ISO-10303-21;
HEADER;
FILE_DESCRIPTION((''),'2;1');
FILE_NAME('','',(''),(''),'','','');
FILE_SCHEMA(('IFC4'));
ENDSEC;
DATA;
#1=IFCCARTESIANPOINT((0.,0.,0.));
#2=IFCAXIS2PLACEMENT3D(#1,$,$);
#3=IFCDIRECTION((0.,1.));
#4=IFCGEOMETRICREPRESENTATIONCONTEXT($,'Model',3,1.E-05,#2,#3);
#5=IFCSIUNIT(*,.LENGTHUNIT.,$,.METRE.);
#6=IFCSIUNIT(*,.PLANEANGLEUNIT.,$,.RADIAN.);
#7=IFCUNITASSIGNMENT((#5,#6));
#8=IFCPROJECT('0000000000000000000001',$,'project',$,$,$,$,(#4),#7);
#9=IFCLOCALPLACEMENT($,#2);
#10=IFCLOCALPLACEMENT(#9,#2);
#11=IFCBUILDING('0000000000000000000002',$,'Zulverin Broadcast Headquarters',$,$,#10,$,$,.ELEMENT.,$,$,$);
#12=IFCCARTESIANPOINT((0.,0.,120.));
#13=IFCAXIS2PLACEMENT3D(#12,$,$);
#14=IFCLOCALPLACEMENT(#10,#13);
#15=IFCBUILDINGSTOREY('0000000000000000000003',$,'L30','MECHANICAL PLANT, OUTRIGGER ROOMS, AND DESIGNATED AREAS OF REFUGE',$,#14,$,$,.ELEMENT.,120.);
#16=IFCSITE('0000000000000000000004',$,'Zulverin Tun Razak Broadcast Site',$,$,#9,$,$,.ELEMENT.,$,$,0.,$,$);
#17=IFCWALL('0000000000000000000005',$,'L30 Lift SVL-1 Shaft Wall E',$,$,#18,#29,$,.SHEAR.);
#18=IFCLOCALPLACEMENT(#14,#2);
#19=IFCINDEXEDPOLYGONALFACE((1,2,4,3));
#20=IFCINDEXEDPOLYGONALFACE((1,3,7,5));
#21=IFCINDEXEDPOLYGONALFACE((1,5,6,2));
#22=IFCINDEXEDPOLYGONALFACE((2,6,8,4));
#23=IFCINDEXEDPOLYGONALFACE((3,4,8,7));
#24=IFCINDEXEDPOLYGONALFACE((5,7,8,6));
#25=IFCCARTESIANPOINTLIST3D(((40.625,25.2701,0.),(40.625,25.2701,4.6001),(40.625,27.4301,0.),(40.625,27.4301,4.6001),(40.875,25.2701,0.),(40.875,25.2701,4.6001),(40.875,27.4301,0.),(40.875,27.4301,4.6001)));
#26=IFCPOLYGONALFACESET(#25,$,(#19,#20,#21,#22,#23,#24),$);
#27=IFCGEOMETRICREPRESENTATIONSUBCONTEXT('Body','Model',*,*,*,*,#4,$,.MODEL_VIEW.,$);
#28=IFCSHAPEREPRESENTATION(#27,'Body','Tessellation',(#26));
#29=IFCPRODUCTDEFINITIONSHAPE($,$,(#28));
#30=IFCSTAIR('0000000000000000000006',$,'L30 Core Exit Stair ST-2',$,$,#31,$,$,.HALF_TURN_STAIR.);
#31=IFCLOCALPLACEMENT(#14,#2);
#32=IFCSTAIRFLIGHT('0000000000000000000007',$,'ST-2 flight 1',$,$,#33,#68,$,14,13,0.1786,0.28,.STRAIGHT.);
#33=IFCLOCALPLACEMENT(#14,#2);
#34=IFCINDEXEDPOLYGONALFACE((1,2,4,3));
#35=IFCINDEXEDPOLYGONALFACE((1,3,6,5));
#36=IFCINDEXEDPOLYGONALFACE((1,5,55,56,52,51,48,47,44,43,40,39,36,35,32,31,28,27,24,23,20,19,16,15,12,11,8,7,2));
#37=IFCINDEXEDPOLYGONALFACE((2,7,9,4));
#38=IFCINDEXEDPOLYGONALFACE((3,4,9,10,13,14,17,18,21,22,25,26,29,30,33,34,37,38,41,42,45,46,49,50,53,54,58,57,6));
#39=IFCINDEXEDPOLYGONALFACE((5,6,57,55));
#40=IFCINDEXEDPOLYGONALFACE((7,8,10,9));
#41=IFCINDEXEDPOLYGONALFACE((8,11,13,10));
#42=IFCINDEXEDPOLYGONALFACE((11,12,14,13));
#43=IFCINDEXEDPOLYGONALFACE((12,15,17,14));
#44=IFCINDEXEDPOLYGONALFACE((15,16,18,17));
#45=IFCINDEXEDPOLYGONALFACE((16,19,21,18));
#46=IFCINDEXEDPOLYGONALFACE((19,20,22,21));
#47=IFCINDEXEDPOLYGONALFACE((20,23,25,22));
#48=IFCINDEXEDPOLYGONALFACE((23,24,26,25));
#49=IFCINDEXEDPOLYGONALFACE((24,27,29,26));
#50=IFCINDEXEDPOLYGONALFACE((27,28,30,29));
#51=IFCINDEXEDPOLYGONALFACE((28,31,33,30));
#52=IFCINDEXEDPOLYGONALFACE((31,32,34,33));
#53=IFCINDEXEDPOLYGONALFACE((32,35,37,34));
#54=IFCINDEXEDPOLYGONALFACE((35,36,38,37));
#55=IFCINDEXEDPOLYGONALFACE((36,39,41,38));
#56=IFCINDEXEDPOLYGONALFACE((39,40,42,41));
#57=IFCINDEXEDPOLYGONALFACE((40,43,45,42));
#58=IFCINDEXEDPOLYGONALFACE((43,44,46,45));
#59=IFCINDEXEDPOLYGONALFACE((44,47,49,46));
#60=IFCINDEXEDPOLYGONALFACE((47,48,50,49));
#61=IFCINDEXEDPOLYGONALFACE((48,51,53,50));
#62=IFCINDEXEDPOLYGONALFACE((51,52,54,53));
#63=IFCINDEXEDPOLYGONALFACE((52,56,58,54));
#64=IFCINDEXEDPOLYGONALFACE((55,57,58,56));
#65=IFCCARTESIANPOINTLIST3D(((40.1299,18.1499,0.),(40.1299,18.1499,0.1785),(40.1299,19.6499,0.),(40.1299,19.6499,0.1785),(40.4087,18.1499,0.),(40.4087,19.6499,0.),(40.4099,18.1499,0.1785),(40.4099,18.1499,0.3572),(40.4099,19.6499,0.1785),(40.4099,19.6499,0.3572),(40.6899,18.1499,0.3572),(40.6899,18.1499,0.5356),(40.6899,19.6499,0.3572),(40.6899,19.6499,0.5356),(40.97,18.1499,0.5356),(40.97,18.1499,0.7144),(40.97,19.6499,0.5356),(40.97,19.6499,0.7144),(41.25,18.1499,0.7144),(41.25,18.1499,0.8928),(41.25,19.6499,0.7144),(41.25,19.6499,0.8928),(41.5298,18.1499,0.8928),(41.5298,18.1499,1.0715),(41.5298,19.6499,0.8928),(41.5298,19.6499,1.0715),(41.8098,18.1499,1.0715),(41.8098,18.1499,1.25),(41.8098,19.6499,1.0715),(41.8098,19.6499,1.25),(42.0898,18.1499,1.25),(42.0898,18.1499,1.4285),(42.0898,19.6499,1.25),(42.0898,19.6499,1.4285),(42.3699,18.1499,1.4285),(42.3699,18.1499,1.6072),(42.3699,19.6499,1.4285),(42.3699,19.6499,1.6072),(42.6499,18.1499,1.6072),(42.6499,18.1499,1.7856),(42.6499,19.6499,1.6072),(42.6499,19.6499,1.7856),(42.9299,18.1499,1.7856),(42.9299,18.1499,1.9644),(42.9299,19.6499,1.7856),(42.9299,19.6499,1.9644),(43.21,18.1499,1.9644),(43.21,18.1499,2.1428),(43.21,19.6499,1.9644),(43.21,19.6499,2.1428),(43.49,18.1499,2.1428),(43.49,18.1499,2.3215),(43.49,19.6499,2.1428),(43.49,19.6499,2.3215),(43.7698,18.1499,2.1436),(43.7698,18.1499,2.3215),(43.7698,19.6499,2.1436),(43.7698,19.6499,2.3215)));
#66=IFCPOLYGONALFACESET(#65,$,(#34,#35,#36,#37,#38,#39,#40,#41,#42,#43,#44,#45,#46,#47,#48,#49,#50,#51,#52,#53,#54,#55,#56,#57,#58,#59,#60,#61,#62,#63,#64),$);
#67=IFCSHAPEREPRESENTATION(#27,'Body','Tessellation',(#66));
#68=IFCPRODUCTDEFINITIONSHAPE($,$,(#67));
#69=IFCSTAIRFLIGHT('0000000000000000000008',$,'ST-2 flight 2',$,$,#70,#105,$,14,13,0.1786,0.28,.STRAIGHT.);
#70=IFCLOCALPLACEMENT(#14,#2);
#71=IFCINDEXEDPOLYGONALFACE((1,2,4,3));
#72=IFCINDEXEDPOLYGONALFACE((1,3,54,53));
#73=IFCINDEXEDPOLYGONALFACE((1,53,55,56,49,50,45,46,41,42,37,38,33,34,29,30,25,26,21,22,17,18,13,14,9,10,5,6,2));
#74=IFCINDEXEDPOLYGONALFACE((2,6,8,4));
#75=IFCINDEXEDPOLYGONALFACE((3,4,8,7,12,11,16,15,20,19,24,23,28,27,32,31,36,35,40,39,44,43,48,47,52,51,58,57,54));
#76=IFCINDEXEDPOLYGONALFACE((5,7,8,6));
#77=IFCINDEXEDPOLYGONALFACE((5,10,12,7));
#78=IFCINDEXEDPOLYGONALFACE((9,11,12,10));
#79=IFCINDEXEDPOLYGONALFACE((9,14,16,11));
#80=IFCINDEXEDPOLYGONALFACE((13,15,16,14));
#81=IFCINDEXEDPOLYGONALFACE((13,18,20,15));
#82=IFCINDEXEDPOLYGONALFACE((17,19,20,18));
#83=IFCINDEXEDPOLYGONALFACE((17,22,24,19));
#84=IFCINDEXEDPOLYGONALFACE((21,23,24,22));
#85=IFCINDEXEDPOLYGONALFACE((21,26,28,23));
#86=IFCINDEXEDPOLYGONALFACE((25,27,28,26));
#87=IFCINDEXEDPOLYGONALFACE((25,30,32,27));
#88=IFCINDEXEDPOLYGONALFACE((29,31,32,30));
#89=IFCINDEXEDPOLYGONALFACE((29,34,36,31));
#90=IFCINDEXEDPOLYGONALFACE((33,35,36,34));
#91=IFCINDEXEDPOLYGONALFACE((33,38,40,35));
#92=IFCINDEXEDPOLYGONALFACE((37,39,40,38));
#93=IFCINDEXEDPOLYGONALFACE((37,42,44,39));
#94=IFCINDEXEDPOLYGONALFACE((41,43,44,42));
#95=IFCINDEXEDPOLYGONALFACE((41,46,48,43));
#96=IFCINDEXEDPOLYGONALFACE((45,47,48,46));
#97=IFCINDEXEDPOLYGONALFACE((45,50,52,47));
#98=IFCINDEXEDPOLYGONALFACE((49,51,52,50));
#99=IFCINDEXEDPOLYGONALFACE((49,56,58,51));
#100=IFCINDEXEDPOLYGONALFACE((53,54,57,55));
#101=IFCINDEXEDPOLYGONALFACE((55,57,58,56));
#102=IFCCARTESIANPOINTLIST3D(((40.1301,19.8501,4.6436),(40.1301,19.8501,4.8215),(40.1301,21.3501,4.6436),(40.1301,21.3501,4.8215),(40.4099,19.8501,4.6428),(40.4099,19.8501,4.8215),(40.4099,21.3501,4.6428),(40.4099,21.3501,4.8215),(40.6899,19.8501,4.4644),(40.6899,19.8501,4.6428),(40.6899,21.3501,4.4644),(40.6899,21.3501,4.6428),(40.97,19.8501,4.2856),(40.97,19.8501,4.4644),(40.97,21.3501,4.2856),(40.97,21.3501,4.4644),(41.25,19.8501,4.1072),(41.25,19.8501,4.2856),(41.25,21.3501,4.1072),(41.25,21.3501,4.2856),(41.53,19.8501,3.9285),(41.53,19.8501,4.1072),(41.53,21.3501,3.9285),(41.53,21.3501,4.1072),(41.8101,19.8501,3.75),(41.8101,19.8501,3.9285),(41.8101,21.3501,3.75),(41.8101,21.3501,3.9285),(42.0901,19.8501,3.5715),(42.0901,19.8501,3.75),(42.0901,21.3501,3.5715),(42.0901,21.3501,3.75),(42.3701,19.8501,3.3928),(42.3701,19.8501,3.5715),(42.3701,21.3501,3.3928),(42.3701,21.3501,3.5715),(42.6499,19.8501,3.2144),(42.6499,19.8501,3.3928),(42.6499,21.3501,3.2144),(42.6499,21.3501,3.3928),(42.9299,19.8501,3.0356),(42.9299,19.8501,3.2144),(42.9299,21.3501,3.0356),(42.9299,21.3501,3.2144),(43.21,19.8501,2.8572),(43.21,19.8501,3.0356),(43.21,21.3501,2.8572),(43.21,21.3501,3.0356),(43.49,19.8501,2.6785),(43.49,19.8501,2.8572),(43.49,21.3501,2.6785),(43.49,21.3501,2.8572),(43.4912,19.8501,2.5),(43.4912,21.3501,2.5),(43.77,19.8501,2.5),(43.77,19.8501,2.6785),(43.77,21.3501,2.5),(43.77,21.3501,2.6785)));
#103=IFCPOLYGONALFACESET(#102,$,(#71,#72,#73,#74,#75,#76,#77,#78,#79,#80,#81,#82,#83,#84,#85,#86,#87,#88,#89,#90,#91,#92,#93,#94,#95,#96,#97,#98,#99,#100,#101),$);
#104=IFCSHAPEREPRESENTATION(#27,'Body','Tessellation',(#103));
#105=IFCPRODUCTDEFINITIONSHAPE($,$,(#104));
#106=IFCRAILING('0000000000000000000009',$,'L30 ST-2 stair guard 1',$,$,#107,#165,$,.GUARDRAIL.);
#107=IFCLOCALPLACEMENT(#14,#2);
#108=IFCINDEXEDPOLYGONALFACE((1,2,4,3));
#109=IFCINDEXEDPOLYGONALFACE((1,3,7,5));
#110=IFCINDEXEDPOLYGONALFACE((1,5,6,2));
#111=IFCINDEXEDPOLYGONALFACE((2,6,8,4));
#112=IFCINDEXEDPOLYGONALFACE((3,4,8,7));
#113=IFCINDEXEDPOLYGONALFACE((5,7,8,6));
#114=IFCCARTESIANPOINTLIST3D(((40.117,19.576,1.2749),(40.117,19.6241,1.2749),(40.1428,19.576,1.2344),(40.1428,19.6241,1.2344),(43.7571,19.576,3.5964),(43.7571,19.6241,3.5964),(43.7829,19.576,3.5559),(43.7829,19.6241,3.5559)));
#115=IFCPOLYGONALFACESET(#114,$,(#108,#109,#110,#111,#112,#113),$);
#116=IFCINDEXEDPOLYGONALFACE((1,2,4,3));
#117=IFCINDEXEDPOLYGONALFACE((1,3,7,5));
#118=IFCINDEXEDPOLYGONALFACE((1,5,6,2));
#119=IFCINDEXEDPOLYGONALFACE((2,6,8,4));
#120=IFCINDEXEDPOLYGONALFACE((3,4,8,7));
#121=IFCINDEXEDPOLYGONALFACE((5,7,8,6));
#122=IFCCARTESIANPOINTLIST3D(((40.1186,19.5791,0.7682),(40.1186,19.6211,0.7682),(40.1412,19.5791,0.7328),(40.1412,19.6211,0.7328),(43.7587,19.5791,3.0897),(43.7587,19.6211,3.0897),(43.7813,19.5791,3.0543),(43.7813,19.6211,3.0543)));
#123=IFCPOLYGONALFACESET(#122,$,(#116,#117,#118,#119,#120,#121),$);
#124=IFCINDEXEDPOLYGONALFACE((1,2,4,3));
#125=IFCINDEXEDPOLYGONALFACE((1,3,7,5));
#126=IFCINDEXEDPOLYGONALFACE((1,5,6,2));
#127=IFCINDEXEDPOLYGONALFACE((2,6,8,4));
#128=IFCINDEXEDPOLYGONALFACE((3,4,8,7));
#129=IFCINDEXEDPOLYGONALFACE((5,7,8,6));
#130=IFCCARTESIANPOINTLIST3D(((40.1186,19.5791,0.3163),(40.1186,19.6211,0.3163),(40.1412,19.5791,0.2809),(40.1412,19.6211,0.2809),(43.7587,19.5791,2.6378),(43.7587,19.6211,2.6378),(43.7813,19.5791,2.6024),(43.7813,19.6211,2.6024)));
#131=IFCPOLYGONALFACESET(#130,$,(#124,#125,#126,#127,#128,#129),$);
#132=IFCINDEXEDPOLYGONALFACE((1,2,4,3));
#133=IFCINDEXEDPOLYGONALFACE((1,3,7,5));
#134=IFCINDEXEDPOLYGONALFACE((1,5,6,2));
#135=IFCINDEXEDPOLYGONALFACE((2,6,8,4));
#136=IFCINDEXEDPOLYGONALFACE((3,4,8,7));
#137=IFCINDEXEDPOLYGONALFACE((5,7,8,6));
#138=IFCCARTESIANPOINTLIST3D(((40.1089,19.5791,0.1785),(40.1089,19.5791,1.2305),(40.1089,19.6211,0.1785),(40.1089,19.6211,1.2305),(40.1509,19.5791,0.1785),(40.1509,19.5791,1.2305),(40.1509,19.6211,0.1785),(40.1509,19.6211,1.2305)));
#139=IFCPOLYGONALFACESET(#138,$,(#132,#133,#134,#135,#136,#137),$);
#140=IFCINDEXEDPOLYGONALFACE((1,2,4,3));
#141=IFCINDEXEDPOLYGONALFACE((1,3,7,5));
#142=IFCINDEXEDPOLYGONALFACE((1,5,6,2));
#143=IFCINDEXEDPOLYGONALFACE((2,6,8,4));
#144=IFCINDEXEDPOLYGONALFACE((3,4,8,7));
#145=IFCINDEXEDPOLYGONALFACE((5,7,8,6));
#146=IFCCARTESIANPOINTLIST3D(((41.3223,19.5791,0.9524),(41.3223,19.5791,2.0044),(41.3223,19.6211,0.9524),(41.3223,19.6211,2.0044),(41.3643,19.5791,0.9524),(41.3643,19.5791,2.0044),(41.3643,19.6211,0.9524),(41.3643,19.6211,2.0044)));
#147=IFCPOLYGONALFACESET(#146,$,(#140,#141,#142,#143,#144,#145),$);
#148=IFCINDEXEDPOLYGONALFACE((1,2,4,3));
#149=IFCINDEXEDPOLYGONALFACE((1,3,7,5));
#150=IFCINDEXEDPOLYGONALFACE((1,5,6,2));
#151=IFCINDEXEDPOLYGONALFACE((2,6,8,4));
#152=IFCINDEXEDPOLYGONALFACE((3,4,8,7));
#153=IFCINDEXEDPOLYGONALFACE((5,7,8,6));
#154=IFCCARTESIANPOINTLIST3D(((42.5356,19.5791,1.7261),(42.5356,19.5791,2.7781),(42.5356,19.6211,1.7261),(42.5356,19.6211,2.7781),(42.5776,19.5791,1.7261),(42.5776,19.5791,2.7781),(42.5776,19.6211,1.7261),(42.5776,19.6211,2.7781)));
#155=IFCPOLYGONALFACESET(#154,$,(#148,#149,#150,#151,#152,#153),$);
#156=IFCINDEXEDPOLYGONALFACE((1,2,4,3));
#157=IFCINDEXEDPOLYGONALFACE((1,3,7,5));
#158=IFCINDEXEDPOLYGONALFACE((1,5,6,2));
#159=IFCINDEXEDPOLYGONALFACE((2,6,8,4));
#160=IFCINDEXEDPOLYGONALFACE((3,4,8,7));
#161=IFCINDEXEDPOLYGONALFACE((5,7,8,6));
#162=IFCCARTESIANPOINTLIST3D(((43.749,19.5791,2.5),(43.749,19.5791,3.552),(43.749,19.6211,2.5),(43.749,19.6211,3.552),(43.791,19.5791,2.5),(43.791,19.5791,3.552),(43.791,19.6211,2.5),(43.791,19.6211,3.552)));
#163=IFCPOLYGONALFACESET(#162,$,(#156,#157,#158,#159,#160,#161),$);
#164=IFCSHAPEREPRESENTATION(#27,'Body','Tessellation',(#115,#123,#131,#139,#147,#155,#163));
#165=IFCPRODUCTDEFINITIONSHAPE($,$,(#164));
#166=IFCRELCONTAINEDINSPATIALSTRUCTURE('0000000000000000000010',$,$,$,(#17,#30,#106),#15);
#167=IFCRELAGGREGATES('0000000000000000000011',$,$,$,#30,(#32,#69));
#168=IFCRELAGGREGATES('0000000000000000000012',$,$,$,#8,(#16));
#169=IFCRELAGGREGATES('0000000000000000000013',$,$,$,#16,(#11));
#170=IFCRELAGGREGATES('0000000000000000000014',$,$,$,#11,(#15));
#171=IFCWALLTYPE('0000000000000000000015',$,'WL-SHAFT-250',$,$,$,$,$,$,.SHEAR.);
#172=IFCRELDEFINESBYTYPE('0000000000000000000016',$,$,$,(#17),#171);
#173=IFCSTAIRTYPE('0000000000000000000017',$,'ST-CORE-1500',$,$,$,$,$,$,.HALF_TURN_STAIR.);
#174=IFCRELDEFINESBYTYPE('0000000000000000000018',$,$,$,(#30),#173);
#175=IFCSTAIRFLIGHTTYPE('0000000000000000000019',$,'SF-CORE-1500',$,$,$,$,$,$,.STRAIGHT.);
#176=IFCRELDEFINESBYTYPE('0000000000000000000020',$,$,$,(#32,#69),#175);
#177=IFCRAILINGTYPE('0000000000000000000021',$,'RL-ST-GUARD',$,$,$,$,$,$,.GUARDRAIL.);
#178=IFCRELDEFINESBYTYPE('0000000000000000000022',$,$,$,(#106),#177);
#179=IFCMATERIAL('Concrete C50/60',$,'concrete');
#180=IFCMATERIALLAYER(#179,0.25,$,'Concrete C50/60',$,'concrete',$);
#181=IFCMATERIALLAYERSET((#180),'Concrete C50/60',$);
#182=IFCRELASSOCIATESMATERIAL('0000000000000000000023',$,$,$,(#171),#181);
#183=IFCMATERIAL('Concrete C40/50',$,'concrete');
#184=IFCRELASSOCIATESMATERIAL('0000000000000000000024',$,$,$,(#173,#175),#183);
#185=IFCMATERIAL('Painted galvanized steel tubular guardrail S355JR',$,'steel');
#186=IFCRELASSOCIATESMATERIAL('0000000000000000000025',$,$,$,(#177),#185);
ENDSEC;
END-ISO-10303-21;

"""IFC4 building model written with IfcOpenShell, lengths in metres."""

from ifc_helpers import new_model, si_unit, direction, frame, frame_2d, origin, origin_2d, place, context, subcontext, project, spatial, polyline, rectangle, outline, extrude, material, layer, layer_set, type_object, element, aggregate, save


model = new_model("IFC4")

# Units and contexts
model_context = context("Model", 3, precision=1e-05, world=origin(), true_north=direction((0.0, 1.0)))
body_context = subcontext(model_context, "Body", "Model", "MODEL_VIEW")
ifc_project = project(units=[si_unit("LENGTHUNIT", "METRE"), si_unit("PLANEANGLEUNIT", "RADIAN")], contexts=[model_context])

# Site, building, storey
site_placement = place(None, origin())
site = spatial("IfcSite", under=ifc_project, at=site_placement, Name="Zulverin Tun Razak Broadcast Site", CompositionType="ELEMENT", RefElevation=0.0)
building_placement = place(site_placement, origin())
building = spatial("IfcBuilding", under=site, at=building_placement, Name="Zulverin Broadcast Headquarters", CompositionType="ELEMENT")
storey_placement = place(building_placement, frame((0.0, 0.0, 120.0)))
storey = spatial("IfcBuildingStorey", under=building, at=storey_placement, Name="L30", Description="MECHANICAL PLANT, OUTRIGGER ROOMS, AND DESIGNATED AREAS OF REFUGE", CompositionType="ELEMENT", Elevation=120.0)

# Shared definitions
ifc_material_1 = material(Name="Concrete C40/50", Category="concrete")

# Shared definitions
ifc_material_2 = material(Name="Concrete C50/60", Category="concrete")
ifc_layer_1 = layer(ifc_material_2, 0.25, Name="Concrete C50/60", Category="concrete")
ifc_layer_set_1 = layer_set([ifc_layer_1], Name="Concrete C50/60")
wall_type_1 = type_object("IfcWallType", Name="WL-SHAFT-250", PredefinedType="SHEAR", material=ifc_layer_set_1)

# Wall
wall_1_placement = place(storey_placement, frame((40.75, 25.27, 0.0), z_axis=(0.0, 0.0, 1.0), x_axis=(0.0, 1.0, 0.0)))
element("IfcWall", 1, at=wall_1_placement, inside=storey, type_object=wall_type_1, Name="L30 Lift SVL-1 Shaft Wall E", PredefinedType="SHEAR", context=body_context, shape_type="SweptSolid", body=[
    extrude(rectangle(XDim=2.1599, YDim=0.25, at=frame_2d((1.0801, 0.0))), origin(), (0.0, 0.0, 1.0), 4.6001),
])

# Stair, stair flights
stair_type = type_object("IfcStairType", Name="ST-CORE-1500", PredefinedType="HALF_TURN_STAIR", material=ifc_material_1)
stair_placement = place(storey_placement, origin())
stair = element("IfcStair", 2, at=stair_placement, inside=storey, type_object=stair_type, Name="L30 Core Exit Stair ST-2", PredefinedType="HALF_TURN_STAIR")
stair_flight_type = type_object("IfcStairFlightType", Name="SF-CORE-1500", PredefinedType="STRAIGHT", material=ifc_material_1)
stair_flight_1_placement = place(storey_placement, frame((40.1299, 18.8999, 0.0), z_axis=(0.0, 0.0, 1.0), x_axis=(1.0, 0.0, 0.0)))
stair_flight_1 = element("IfcStairFlight", 3, at=stair_flight_1_placement, type_object=stair_flight_type, Name="ST-2 flight 1", NumberOfRisers=14, NumberOfTreads=13, PredefinedType="STRAIGHT", RiserHeight=0.1786, TreadLength=0.28, context=body_context, shape_type="SweptSolid", body=[
    extrude(outline(polyline([(0.0, 0.0), (0.0, 0.1785), (0.28, 0.1785), (0.28, 0.3572), (0.5601, 0.3572), (0.5601, 0.5356), (0.8401, 0.5356), (0.8401, 0.7144), (1.1201, 0.7144), (1.1201, 0.8928), (1.3999, 0.8928), (1.3999, 1.0715), (1.6799, 1.0715), (1.6799, 1.25), (1.96, 1.25), (1.96, 1.4285), (2.24, 1.4285), (2.24, 1.6072), (2.52, 1.6072), (2.52, 1.7856), (2.8, 1.7856), (2.8, 1.9644), (3.0801, 1.9644), (3.0801, 2.1428), (3.3601, 2.1428), (3.3601, 2.3215), (3.6399, 2.3215), (3.6399, 2.5), (3.6399, 2.1436), (0.2788, 0.0), (0.0, 0.0)])), frame((0.0, 0.75, 0.0), z_axis=(0.0, -1.0, 0.0), x_axis=(1.0, 0.0, 0.0)), (0.0, 0.0, 1.0), 1.5),
])
stair_flight_2_placement = place(storey_placement, frame((43.77, 20.6001, 2.5), z_axis=(0.0, 0.0, 1.0), x_axis=(-1.0, 0.0, 0.0)))
stair_flight_2 = element("IfcStairFlight", 4, at=stair_flight_2_placement, type_object=stair_flight_type, Name="ST-2 flight 2", NumberOfRisers=14, NumberOfTreads=13, PredefinedType="STRAIGHT", RiserHeight=0.1786, TreadLength=0.28, context=body_context, shape_type="SweptSolid", body=[
    extrude(outline(polyline([(0.0, 0.0), (0.0, 0.1785), (0.28, 0.1785), (0.28, 0.3572), (0.5601, 0.3572), (0.5601, 0.5356), (0.8401, 0.5356), (0.8401, 0.7144), (1.1201, 0.7144), (1.1201, 0.8928), (1.3999, 0.8928), (1.3999, 1.0715), (1.6799, 1.0715), (1.6799, 1.25), (1.96, 1.25), (1.96, 1.4285), (2.24, 1.4285), (2.24, 1.6072), (2.52, 1.6072), (2.52, 1.7856), (2.8, 1.7856), (2.8, 1.9644), (3.0801, 1.9644), (3.0801, 2.1428), (3.3601, 2.1428), (3.3601, 2.3215), (3.6399, 2.3215), (3.6399, 2.5), (3.6399, 2.1436), (0.2788, 0.0), (0.0, 0.0)])), frame((0.0, 0.75, 0.0), z_axis=(0.0, -1.0, 0.0), x_axis=(1.0, 0.0, 0.0)), (0.0, 0.0, 1.0), 1.5),
])
aggregate(stair, [stair_flight_1, stair_flight_2])

# Railing
ifc_material_3 = material(Name="Painted galvanized steel tubular guardrail S355JR", Category="steel")
railing_type_1 = type_object("IfcRailingType", Name="RL-ST-GUARD", PredefinedType="GUARDRAIL", material=ifc_material_3)
railing_1_placement = place(storey_placement, frame((40.1299, 19.6001, 0.1785)))
element("IfcRailing", 5, at=railing_1_placement, inside=storey, type_object=railing_type_1, Name="L30 ST-2 stair guard 1", PredefinedType="GUARDRAIL", context=body_context, shape_type="SweptSolid", body=[
    extrude(rectangle(XDim=0.0481, YDim=0.0481, at=origin_2d()), frame((0.0, 0.0, 1.0762), z_axis=(0.843128, 0.0, 0.537713), x_axis=(0.0, 1.0, 0.0)), (0.0, 0.0, 1.0), 4.3174),
    extrude(rectangle(XDim=0.042, YDim=0.042, at=origin_2d()), frame((0.0, 0.0, 0.572), z_axis=(0.843128, 0.0, 0.537713), x_axis=(0.0, 1.0, 0.0)), (0.0, 0.0, 1.0), 4.3174),
    extrude(rectangle(XDim=0.042, YDim=0.042, at=origin_2d()), frame((0.0, 0.0, 0.1201), z_axis=(0.843128, 0.0, 0.537713), x_axis=(0.0, 1.0, 0.0)), (0.0, 0.0, 1.0), 4.3174),
    extrude(rectangle(XDim=0.042, YDim=0.042, at=origin_2d()), origin(), (0.0, 0.0, 1.0), 1.052),
    extrude(rectangle(XDim=0.042, YDim=0.042, at=origin_2d()), frame((1.2134, 0.0, 0.7739)), (0.0, 0.0, 1.0), 1.052),
    extrude(rectangle(XDim=0.042, YDim=0.042, at=origin_2d()), frame((2.4268, 0.0, 1.5476)), (0.0, 0.0, 1.0), 1.052),
    extrude(rectangle(XDim=0.042, YDim=0.042, at=origin_2d()), frame((3.6401, 0.0, 2.3215)), (0.0, 0.0, 1.0), 1.052),
])

save(model, "model.ifc")
